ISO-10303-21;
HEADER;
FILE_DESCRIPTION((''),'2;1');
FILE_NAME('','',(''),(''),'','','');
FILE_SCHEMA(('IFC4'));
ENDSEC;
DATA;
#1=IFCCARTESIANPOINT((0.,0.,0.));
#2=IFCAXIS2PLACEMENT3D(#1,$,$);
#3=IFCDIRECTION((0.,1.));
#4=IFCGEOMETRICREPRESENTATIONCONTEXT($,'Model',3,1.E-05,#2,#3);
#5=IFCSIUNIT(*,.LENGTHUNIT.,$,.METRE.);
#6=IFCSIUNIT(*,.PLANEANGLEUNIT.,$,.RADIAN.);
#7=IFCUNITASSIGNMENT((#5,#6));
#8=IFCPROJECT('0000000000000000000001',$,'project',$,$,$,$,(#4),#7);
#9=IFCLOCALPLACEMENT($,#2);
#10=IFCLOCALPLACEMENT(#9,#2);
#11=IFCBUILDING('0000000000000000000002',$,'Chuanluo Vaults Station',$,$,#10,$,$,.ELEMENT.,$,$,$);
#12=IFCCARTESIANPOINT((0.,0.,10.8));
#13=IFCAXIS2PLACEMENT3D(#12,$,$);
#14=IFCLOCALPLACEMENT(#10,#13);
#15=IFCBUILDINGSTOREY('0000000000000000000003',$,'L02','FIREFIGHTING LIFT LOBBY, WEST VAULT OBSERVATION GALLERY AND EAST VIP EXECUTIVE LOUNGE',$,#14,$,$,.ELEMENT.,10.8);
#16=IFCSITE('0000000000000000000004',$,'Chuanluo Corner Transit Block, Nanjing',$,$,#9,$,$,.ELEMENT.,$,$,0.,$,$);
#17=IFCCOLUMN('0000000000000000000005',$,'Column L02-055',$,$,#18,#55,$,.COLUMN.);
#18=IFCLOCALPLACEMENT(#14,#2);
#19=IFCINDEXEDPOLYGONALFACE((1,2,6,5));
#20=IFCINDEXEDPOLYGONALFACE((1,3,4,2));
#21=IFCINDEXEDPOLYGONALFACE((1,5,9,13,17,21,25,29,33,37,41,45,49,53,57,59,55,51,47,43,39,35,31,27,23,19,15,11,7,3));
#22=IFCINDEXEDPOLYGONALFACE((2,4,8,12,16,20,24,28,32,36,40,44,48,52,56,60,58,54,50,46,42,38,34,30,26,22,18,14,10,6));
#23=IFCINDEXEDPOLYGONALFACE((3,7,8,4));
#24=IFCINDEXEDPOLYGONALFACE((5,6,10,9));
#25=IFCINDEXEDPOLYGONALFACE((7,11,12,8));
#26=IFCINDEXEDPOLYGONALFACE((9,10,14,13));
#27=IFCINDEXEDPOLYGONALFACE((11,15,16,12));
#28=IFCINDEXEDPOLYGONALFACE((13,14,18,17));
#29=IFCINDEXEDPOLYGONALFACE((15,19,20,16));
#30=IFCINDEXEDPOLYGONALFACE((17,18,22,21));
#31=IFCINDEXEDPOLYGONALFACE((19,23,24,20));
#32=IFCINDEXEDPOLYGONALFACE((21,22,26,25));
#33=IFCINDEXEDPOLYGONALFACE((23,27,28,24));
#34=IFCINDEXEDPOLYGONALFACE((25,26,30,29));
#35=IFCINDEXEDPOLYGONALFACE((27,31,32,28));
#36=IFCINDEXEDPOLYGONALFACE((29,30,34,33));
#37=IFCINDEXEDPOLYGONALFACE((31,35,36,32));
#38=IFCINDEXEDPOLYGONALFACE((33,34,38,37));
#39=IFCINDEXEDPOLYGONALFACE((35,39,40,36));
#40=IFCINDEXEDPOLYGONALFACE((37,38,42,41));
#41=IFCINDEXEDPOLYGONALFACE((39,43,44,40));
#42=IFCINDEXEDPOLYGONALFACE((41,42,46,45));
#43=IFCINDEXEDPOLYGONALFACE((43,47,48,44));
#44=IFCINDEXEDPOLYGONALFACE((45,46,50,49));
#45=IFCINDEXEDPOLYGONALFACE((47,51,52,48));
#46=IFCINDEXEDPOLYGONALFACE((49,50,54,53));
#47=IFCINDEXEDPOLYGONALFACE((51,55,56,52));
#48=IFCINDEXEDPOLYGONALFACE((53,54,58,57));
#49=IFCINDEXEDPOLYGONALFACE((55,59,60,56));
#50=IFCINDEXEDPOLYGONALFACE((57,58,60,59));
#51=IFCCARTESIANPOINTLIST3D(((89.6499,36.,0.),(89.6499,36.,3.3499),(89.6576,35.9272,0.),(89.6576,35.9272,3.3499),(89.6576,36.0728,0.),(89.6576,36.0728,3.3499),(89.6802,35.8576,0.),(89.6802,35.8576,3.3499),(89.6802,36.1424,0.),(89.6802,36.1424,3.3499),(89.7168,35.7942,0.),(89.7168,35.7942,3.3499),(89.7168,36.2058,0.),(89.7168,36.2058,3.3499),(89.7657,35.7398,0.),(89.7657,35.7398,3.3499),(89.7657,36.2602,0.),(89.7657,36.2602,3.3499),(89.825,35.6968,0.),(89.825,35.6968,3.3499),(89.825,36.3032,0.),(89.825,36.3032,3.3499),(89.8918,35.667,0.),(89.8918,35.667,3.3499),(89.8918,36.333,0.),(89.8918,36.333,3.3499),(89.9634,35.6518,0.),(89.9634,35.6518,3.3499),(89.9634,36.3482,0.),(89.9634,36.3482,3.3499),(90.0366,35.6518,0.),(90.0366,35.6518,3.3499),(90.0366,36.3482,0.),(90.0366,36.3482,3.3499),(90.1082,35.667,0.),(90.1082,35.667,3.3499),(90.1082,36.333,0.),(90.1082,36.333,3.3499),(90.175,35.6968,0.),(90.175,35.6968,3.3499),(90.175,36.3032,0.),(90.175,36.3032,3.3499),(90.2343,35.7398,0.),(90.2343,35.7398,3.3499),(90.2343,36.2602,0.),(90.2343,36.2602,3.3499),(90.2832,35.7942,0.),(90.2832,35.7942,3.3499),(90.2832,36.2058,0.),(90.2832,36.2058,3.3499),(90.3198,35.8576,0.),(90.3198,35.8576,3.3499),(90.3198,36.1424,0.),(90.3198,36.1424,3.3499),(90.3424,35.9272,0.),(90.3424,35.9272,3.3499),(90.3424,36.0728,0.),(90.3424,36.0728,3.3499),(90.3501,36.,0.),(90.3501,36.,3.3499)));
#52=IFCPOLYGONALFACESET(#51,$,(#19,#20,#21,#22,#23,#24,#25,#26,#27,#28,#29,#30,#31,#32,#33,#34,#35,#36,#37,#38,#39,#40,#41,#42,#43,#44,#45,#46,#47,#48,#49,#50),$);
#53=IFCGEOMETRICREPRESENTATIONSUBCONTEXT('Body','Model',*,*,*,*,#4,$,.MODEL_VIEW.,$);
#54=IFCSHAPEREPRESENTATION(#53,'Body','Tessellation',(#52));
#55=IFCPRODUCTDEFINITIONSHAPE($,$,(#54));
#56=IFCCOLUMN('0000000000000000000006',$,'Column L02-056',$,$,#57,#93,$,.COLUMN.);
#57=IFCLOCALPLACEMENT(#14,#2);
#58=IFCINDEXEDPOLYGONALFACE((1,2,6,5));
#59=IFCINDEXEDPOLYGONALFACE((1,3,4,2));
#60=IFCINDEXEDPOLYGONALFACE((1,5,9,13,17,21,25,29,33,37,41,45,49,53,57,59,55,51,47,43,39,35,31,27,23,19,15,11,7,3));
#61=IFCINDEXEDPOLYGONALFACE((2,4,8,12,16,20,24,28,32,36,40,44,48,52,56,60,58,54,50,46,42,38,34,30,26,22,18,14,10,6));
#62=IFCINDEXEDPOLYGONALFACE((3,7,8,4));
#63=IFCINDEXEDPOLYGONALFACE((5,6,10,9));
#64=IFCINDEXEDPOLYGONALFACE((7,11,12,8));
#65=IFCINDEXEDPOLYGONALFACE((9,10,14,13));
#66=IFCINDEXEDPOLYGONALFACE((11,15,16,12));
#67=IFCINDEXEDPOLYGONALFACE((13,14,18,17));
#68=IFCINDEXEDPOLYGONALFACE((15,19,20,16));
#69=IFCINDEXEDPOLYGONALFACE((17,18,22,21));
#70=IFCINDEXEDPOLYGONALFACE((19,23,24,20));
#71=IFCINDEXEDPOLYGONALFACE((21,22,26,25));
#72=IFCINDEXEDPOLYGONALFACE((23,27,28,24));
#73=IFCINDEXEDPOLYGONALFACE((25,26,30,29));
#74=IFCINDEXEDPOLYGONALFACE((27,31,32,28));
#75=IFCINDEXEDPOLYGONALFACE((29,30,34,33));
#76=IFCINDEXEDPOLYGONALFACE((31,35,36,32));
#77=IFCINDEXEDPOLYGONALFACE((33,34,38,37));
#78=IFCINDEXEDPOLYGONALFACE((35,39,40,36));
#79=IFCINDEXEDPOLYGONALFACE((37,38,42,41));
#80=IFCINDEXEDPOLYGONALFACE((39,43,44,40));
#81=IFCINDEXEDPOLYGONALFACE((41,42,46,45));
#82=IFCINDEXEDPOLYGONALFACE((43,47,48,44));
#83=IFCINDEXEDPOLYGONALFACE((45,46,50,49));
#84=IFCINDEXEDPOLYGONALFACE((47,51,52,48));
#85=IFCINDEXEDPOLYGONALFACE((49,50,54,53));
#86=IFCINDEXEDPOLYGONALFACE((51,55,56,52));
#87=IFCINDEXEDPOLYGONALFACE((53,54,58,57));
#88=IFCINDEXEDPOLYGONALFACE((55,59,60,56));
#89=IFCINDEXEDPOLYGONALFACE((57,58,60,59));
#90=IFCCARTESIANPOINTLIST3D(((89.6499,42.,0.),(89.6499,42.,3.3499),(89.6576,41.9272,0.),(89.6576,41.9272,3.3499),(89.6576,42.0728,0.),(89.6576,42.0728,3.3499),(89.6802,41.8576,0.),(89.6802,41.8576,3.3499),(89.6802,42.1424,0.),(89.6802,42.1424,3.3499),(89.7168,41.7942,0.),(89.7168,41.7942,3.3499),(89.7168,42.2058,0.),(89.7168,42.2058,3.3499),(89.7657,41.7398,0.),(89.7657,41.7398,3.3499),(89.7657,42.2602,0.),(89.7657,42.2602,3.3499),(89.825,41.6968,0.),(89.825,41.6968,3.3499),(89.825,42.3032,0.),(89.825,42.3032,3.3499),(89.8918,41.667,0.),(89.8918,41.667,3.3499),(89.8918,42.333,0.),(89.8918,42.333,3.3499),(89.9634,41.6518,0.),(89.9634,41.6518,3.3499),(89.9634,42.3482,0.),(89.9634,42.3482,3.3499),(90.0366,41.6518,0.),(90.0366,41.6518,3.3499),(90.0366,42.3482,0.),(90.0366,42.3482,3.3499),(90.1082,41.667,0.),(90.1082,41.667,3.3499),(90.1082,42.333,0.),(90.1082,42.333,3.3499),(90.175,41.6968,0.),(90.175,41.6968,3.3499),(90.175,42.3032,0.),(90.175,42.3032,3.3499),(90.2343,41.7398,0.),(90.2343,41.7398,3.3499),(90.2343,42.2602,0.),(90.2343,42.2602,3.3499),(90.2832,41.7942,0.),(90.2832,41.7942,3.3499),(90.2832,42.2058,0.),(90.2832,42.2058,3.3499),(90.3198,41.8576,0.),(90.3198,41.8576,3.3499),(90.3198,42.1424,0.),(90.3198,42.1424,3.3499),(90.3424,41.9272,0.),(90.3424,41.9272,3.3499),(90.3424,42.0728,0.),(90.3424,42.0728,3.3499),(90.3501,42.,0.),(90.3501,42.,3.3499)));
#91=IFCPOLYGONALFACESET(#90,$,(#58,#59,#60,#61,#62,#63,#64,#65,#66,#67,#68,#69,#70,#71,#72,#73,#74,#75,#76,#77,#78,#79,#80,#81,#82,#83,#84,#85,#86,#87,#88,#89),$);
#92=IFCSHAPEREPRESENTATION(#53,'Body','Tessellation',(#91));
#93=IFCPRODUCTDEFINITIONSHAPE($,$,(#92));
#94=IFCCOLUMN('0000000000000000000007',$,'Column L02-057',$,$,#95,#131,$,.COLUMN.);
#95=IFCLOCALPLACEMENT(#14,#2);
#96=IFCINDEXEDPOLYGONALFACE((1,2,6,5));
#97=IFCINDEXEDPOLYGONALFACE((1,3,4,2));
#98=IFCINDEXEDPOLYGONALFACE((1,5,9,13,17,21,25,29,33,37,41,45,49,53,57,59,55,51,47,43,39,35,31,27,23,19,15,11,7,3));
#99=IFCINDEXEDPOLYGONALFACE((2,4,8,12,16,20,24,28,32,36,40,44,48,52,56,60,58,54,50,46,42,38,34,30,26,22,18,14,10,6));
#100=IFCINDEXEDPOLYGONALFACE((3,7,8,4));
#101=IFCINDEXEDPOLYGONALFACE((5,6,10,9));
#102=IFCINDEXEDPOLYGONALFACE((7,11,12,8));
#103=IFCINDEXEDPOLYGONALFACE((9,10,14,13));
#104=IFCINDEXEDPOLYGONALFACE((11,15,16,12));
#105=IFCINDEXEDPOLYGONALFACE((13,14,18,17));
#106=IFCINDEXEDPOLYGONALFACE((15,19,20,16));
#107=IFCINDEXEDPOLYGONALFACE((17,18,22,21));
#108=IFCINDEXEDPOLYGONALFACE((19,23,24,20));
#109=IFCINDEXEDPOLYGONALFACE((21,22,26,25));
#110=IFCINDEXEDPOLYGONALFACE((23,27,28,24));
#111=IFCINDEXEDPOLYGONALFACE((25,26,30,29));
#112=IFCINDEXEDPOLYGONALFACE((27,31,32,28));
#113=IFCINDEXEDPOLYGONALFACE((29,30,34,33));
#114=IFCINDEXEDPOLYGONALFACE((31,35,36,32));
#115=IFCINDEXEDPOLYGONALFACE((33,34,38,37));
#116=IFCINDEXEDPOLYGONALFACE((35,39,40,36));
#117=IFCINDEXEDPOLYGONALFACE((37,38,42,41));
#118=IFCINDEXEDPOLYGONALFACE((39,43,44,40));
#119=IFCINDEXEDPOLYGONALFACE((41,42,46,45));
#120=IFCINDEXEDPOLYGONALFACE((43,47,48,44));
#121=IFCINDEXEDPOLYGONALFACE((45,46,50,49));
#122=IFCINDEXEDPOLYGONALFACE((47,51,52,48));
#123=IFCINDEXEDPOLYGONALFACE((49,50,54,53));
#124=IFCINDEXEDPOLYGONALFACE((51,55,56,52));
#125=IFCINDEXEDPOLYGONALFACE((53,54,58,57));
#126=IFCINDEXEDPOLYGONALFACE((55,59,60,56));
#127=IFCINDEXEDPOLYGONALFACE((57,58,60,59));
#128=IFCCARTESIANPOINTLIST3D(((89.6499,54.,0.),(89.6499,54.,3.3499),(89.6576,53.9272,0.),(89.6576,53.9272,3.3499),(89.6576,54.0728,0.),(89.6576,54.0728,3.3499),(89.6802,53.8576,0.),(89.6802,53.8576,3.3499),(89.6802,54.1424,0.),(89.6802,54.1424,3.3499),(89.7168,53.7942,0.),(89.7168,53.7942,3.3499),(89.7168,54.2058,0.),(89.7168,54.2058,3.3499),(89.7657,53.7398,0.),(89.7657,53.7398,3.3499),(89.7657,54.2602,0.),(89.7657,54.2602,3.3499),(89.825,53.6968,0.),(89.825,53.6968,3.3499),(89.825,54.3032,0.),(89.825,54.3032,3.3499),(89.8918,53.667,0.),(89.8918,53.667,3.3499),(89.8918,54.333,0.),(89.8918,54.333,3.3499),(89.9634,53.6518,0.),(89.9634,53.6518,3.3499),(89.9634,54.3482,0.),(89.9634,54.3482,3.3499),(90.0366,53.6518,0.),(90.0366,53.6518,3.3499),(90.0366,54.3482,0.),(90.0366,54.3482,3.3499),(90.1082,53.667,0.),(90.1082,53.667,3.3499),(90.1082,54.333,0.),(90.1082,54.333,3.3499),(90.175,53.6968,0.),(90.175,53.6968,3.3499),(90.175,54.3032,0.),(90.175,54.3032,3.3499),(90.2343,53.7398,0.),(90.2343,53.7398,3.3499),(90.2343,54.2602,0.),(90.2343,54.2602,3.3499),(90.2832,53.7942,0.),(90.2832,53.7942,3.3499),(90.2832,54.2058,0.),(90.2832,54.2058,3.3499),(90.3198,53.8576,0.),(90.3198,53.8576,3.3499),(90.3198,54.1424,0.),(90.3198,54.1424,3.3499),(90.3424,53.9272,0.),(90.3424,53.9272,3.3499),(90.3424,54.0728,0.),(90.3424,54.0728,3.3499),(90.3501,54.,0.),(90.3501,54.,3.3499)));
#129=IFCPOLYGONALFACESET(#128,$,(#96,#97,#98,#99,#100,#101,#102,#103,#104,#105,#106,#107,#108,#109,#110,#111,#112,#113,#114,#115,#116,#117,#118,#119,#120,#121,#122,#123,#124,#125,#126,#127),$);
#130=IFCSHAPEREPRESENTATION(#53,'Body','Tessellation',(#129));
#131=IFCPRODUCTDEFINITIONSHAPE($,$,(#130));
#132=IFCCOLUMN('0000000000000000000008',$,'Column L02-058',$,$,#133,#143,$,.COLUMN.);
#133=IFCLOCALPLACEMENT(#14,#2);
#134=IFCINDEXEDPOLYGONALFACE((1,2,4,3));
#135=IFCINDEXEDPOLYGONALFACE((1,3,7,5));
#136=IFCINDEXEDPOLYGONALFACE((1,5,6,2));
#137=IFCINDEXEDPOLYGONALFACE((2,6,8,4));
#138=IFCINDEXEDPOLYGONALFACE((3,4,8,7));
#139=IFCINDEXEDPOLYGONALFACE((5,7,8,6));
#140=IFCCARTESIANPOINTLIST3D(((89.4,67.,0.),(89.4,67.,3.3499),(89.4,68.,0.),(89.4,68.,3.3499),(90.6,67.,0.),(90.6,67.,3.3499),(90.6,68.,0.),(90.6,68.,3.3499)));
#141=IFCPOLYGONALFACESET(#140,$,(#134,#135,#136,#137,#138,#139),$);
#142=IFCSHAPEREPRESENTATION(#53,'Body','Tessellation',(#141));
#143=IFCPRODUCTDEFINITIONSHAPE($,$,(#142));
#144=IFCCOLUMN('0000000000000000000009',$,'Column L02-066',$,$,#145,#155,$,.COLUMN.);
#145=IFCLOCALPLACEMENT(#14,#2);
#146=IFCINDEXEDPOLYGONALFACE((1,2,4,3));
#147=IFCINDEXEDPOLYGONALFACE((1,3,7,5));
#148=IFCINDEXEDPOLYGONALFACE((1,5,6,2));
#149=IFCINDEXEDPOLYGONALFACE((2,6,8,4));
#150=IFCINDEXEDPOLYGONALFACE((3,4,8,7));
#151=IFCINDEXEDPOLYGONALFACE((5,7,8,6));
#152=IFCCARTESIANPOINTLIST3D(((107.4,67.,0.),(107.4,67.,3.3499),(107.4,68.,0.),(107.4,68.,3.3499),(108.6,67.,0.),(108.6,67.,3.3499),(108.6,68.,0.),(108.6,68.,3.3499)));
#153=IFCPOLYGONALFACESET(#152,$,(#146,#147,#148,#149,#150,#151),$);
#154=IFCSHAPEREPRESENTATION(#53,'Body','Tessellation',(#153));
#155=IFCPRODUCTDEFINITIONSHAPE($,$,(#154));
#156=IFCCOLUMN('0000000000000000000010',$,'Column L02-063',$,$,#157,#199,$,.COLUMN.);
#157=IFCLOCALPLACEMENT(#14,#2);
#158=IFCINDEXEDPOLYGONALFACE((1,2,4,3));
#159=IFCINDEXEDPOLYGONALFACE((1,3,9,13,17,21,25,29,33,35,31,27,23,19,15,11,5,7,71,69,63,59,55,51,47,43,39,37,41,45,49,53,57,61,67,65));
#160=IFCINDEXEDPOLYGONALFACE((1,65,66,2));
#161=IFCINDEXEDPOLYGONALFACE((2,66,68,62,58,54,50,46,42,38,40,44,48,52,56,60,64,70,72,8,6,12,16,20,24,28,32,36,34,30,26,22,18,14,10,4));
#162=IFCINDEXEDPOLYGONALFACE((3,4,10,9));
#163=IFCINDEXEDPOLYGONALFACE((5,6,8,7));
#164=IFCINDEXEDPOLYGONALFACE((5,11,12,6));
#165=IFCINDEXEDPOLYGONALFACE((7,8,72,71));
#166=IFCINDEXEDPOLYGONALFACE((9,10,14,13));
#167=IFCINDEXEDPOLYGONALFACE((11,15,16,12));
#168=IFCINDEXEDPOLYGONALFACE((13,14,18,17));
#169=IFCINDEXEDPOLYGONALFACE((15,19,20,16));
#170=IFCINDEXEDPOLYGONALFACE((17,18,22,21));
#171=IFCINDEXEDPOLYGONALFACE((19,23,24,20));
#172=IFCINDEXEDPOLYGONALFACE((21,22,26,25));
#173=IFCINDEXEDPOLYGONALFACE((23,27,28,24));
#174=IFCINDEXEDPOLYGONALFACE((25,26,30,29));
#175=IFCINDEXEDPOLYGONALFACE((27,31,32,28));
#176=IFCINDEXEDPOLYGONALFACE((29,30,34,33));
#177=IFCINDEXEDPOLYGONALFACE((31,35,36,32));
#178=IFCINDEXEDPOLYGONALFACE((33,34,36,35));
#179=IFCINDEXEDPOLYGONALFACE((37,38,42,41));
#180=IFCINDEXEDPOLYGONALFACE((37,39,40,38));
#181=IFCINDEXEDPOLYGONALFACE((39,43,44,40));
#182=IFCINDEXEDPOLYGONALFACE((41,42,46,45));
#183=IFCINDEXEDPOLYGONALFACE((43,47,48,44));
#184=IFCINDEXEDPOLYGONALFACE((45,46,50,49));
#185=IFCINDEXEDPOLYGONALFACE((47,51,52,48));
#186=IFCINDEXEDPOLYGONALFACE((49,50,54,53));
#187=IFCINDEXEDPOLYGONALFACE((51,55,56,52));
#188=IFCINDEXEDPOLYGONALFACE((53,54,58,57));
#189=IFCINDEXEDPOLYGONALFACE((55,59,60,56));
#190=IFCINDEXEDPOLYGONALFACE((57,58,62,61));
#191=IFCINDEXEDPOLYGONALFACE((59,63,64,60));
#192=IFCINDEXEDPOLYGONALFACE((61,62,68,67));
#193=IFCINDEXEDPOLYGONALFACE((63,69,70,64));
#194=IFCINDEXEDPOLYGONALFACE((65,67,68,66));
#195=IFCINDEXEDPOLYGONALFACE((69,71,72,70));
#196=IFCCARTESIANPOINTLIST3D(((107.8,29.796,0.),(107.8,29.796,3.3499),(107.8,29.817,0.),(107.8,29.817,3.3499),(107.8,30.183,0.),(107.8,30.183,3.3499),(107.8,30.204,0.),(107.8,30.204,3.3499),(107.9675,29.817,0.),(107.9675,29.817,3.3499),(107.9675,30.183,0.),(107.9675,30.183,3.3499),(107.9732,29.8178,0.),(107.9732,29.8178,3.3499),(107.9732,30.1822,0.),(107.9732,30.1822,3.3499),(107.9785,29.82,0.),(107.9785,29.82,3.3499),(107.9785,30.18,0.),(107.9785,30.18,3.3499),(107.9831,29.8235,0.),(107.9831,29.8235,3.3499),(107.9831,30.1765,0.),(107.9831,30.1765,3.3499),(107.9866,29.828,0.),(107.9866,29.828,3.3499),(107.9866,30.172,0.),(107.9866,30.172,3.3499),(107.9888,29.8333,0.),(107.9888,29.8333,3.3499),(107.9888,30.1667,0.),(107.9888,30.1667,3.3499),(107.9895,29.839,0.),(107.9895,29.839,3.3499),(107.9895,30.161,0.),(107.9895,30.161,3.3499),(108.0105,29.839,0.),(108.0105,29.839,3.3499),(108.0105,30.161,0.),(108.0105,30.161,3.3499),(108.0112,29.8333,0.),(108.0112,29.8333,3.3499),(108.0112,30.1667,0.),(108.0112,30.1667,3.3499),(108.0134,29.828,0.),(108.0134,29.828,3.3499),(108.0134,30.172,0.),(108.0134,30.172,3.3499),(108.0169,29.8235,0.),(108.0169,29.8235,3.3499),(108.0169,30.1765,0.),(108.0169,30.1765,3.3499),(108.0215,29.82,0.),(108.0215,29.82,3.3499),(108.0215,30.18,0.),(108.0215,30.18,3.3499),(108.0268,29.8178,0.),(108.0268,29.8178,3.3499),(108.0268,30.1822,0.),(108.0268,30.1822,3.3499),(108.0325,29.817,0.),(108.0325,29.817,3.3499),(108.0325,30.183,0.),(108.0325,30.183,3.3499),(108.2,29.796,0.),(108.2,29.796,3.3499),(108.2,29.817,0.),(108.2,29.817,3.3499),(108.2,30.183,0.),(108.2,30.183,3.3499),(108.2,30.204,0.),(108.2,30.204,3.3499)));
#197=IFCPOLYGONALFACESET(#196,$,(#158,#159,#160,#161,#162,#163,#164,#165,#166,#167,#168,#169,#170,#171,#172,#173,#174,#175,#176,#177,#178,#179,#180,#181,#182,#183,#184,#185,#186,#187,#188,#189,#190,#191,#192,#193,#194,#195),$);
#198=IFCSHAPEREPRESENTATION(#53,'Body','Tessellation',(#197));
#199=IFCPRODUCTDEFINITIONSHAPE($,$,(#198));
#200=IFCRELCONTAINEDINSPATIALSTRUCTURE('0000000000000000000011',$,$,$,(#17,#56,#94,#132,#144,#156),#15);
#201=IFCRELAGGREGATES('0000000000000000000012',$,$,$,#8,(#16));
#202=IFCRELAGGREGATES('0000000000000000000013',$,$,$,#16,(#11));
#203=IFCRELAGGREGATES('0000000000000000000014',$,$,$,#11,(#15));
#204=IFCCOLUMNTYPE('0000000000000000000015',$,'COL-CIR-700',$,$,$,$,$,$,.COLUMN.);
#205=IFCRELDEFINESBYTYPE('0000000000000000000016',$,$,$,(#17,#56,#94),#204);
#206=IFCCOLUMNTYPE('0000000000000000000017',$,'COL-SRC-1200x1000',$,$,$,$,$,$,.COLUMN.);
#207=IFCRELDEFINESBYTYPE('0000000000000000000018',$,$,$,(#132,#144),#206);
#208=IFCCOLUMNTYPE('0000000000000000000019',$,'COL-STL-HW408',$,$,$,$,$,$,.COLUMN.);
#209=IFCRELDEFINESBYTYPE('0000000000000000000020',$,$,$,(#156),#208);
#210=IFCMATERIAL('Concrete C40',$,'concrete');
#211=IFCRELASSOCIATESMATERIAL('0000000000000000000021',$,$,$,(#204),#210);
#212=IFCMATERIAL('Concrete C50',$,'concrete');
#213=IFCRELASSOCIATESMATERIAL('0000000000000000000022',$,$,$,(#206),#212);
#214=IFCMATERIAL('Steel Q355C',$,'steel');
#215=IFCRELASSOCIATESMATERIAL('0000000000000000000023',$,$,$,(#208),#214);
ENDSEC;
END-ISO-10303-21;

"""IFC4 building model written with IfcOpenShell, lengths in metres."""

from ifc_helpers import new_model, si_unit, direction, frame, origin, origin_2d, place, context, subcontext, project, spatial, rectangle, circle, i_section, extrude, material, material_profile, profile_set, type_object, element, save


model = new_model("IFC4")

# Units and contexts
model_context = context("Model", 3, precision=1e-05, world=origin(), true_north=direction((0.0, 1.0)))
body_context = subcontext(model_context, "Body", "Model", "MODEL_VIEW")
ifc_project = project(units=[si_unit("LENGTHUNIT", "METRE"), si_unit("PLANEANGLEUNIT", "RADIAN")], contexts=[model_context])

# Site, building, storey
site_placement = place(None, origin())
site = spatial("IfcSite", under=ifc_project, at=site_placement, Name="Chuanluo Corner Transit Block, Nanjing", CompositionType="ELEMENT", RefElevation=0.0)
building_placement = place(site_placement, origin())
building = spatial("IfcBuilding", under=site, at=building_placement, Name="Chuanluo Vaults Station", CompositionType="ELEMENT")
storey_placement = place(building_placement, frame((0.0, 0.0, 10.8)))
storey = spatial("IfcBuildingStorey", under=building, at=storey_placement, Name="L02", Description="FIREFIGHTING LIFT LOBBY, WEST VAULT OBSERVATION GALLERY AND EAST VIP EXECUTIVE LOUNGE", CompositionType="ELEMENT", Elevation=10.8)

# Columns
ifc_material_1 = material(Name="Concrete C40", Category="concrete")
ifc_material_profile_1 = material_profile(ifc_material_1, circle(Radius=0.3501, at=origin_2d()))
ifc_profile_set_1 = profile_set([ifc_material_profile_1], Name="Concrete C40")
column_type_1 = type_object("IfcColumnType", Name="COL-CIR-700", PredefinedType="COLUMN", material=ifc_profile_set_1)
for number, where, z_axis, x_axis, name in (
    (1, (90.0, 36.0, 0.0), (0.0, 0.0, 1.0), (1.0, 0.0, 0.0), "Column L02-055"),
    (2, (90.0, 42.0, 0.0), (0.0, 0.0, 1.0), (1.0, 0.0, 0.0), "Column L02-056"),
    (3, (90.0, 54.0, 0.0), (0.0, 0.0, 1.0), (1.0, 0.0, 0.0), "Column L02-057"),
):
    element("IfcColumn", number, at=place(storey_placement, frame(where, z_axis=z_axis, x_axis=x_axis)), inside=storey, type_object=column_type_1, Name=name, PredefinedType="COLUMN", context=body_context, shape_type="SweptSolid", body=[
        extrude(circle(Radius=0.3501, at=origin_2d()), origin(), (0.0, 0.0, 1.0), 3.3499),
    ])
ifc_material_2 = material(Name="Concrete C50", Category="concrete")
ifc_material_profile_2 = material_profile(ifc_material_2, rectangle(XDim=1.2, YDim=1.0, at=origin_2d()))
ifc_profile_set_2 = profile_set([ifc_material_profile_2], Name="Concrete C50")
column_type_2 = type_object("IfcColumnType", Name="COL-SRC-1200x1000", PredefinedType="COLUMN", material=ifc_profile_set_2)
for number, where, z_axis, x_axis, name in (
    (4, (90.0, 67.5, 0.0), (0.0, 0.0, 1.0), (1.0, 0.0, 0.0), "Column L02-058"),
    (5, (108.0, 67.5, 0.0), (0.0, 0.0, 1.0), (1.0, 0.0, 0.0), "Column L02-066"),
):
    element("IfcColumn", number, at=place(storey_placement, frame(where, z_axis=z_axis, x_axis=x_axis)), inside=storey, type_object=column_type_2, Name=name, PredefinedType="COLUMN", context=body_context, shape_type="SweptSolid", body=[
        extrude(rectangle(XDim=1.2, YDim=1.0, at=origin_2d()), origin(), (0.0, 0.0, 1.0), 3.3499),
    ])
ifc_material_3 = material(Name="Steel Q355C", Category="steel")
ifc_material_profile_3 = material_profile(ifc_material_3, i_section(OverallWidth=0.3999, OverallDepth=0.408, WebThickness=0.021, FlangeThickness=0.021, FilletRadius=0.022, at=origin_2d()))
ifc_profile_set_3 = profile_set([ifc_material_profile_3], Name="Steel Q355C")
column_type_3 = type_object("IfcColumnType", Name="COL-STL-HW408", PredefinedType="COLUMN", material=ifc_profile_set_3)
for number, where, z_axis, x_axis, name in (
    (6, (108.0, 30.0, 0.0), (0.0, 0.0, 1.0), (1.0, 0.0, 0.0), "Column L02-063"),
):
    element("IfcColumn", number, at=place(storey_placement, frame(where, z_axis=z_axis, x_axis=x_axis)), inside=storey, type_object=column_type_3, Name=name, PredefinedType="COLUMN", context=body_context, shape_type="SweptSolid", body=[
        extrude(i_section(OverallWidth=0.3999, OverallDepth=0.408, WebThickness=0.021, FlangeThickness=0.021, FilletRadius=0.022, at=origin_2d()), origin(), (0.0, 0.0, 1.0), 3.3499),
    ])

save(model, "model.ifc")
